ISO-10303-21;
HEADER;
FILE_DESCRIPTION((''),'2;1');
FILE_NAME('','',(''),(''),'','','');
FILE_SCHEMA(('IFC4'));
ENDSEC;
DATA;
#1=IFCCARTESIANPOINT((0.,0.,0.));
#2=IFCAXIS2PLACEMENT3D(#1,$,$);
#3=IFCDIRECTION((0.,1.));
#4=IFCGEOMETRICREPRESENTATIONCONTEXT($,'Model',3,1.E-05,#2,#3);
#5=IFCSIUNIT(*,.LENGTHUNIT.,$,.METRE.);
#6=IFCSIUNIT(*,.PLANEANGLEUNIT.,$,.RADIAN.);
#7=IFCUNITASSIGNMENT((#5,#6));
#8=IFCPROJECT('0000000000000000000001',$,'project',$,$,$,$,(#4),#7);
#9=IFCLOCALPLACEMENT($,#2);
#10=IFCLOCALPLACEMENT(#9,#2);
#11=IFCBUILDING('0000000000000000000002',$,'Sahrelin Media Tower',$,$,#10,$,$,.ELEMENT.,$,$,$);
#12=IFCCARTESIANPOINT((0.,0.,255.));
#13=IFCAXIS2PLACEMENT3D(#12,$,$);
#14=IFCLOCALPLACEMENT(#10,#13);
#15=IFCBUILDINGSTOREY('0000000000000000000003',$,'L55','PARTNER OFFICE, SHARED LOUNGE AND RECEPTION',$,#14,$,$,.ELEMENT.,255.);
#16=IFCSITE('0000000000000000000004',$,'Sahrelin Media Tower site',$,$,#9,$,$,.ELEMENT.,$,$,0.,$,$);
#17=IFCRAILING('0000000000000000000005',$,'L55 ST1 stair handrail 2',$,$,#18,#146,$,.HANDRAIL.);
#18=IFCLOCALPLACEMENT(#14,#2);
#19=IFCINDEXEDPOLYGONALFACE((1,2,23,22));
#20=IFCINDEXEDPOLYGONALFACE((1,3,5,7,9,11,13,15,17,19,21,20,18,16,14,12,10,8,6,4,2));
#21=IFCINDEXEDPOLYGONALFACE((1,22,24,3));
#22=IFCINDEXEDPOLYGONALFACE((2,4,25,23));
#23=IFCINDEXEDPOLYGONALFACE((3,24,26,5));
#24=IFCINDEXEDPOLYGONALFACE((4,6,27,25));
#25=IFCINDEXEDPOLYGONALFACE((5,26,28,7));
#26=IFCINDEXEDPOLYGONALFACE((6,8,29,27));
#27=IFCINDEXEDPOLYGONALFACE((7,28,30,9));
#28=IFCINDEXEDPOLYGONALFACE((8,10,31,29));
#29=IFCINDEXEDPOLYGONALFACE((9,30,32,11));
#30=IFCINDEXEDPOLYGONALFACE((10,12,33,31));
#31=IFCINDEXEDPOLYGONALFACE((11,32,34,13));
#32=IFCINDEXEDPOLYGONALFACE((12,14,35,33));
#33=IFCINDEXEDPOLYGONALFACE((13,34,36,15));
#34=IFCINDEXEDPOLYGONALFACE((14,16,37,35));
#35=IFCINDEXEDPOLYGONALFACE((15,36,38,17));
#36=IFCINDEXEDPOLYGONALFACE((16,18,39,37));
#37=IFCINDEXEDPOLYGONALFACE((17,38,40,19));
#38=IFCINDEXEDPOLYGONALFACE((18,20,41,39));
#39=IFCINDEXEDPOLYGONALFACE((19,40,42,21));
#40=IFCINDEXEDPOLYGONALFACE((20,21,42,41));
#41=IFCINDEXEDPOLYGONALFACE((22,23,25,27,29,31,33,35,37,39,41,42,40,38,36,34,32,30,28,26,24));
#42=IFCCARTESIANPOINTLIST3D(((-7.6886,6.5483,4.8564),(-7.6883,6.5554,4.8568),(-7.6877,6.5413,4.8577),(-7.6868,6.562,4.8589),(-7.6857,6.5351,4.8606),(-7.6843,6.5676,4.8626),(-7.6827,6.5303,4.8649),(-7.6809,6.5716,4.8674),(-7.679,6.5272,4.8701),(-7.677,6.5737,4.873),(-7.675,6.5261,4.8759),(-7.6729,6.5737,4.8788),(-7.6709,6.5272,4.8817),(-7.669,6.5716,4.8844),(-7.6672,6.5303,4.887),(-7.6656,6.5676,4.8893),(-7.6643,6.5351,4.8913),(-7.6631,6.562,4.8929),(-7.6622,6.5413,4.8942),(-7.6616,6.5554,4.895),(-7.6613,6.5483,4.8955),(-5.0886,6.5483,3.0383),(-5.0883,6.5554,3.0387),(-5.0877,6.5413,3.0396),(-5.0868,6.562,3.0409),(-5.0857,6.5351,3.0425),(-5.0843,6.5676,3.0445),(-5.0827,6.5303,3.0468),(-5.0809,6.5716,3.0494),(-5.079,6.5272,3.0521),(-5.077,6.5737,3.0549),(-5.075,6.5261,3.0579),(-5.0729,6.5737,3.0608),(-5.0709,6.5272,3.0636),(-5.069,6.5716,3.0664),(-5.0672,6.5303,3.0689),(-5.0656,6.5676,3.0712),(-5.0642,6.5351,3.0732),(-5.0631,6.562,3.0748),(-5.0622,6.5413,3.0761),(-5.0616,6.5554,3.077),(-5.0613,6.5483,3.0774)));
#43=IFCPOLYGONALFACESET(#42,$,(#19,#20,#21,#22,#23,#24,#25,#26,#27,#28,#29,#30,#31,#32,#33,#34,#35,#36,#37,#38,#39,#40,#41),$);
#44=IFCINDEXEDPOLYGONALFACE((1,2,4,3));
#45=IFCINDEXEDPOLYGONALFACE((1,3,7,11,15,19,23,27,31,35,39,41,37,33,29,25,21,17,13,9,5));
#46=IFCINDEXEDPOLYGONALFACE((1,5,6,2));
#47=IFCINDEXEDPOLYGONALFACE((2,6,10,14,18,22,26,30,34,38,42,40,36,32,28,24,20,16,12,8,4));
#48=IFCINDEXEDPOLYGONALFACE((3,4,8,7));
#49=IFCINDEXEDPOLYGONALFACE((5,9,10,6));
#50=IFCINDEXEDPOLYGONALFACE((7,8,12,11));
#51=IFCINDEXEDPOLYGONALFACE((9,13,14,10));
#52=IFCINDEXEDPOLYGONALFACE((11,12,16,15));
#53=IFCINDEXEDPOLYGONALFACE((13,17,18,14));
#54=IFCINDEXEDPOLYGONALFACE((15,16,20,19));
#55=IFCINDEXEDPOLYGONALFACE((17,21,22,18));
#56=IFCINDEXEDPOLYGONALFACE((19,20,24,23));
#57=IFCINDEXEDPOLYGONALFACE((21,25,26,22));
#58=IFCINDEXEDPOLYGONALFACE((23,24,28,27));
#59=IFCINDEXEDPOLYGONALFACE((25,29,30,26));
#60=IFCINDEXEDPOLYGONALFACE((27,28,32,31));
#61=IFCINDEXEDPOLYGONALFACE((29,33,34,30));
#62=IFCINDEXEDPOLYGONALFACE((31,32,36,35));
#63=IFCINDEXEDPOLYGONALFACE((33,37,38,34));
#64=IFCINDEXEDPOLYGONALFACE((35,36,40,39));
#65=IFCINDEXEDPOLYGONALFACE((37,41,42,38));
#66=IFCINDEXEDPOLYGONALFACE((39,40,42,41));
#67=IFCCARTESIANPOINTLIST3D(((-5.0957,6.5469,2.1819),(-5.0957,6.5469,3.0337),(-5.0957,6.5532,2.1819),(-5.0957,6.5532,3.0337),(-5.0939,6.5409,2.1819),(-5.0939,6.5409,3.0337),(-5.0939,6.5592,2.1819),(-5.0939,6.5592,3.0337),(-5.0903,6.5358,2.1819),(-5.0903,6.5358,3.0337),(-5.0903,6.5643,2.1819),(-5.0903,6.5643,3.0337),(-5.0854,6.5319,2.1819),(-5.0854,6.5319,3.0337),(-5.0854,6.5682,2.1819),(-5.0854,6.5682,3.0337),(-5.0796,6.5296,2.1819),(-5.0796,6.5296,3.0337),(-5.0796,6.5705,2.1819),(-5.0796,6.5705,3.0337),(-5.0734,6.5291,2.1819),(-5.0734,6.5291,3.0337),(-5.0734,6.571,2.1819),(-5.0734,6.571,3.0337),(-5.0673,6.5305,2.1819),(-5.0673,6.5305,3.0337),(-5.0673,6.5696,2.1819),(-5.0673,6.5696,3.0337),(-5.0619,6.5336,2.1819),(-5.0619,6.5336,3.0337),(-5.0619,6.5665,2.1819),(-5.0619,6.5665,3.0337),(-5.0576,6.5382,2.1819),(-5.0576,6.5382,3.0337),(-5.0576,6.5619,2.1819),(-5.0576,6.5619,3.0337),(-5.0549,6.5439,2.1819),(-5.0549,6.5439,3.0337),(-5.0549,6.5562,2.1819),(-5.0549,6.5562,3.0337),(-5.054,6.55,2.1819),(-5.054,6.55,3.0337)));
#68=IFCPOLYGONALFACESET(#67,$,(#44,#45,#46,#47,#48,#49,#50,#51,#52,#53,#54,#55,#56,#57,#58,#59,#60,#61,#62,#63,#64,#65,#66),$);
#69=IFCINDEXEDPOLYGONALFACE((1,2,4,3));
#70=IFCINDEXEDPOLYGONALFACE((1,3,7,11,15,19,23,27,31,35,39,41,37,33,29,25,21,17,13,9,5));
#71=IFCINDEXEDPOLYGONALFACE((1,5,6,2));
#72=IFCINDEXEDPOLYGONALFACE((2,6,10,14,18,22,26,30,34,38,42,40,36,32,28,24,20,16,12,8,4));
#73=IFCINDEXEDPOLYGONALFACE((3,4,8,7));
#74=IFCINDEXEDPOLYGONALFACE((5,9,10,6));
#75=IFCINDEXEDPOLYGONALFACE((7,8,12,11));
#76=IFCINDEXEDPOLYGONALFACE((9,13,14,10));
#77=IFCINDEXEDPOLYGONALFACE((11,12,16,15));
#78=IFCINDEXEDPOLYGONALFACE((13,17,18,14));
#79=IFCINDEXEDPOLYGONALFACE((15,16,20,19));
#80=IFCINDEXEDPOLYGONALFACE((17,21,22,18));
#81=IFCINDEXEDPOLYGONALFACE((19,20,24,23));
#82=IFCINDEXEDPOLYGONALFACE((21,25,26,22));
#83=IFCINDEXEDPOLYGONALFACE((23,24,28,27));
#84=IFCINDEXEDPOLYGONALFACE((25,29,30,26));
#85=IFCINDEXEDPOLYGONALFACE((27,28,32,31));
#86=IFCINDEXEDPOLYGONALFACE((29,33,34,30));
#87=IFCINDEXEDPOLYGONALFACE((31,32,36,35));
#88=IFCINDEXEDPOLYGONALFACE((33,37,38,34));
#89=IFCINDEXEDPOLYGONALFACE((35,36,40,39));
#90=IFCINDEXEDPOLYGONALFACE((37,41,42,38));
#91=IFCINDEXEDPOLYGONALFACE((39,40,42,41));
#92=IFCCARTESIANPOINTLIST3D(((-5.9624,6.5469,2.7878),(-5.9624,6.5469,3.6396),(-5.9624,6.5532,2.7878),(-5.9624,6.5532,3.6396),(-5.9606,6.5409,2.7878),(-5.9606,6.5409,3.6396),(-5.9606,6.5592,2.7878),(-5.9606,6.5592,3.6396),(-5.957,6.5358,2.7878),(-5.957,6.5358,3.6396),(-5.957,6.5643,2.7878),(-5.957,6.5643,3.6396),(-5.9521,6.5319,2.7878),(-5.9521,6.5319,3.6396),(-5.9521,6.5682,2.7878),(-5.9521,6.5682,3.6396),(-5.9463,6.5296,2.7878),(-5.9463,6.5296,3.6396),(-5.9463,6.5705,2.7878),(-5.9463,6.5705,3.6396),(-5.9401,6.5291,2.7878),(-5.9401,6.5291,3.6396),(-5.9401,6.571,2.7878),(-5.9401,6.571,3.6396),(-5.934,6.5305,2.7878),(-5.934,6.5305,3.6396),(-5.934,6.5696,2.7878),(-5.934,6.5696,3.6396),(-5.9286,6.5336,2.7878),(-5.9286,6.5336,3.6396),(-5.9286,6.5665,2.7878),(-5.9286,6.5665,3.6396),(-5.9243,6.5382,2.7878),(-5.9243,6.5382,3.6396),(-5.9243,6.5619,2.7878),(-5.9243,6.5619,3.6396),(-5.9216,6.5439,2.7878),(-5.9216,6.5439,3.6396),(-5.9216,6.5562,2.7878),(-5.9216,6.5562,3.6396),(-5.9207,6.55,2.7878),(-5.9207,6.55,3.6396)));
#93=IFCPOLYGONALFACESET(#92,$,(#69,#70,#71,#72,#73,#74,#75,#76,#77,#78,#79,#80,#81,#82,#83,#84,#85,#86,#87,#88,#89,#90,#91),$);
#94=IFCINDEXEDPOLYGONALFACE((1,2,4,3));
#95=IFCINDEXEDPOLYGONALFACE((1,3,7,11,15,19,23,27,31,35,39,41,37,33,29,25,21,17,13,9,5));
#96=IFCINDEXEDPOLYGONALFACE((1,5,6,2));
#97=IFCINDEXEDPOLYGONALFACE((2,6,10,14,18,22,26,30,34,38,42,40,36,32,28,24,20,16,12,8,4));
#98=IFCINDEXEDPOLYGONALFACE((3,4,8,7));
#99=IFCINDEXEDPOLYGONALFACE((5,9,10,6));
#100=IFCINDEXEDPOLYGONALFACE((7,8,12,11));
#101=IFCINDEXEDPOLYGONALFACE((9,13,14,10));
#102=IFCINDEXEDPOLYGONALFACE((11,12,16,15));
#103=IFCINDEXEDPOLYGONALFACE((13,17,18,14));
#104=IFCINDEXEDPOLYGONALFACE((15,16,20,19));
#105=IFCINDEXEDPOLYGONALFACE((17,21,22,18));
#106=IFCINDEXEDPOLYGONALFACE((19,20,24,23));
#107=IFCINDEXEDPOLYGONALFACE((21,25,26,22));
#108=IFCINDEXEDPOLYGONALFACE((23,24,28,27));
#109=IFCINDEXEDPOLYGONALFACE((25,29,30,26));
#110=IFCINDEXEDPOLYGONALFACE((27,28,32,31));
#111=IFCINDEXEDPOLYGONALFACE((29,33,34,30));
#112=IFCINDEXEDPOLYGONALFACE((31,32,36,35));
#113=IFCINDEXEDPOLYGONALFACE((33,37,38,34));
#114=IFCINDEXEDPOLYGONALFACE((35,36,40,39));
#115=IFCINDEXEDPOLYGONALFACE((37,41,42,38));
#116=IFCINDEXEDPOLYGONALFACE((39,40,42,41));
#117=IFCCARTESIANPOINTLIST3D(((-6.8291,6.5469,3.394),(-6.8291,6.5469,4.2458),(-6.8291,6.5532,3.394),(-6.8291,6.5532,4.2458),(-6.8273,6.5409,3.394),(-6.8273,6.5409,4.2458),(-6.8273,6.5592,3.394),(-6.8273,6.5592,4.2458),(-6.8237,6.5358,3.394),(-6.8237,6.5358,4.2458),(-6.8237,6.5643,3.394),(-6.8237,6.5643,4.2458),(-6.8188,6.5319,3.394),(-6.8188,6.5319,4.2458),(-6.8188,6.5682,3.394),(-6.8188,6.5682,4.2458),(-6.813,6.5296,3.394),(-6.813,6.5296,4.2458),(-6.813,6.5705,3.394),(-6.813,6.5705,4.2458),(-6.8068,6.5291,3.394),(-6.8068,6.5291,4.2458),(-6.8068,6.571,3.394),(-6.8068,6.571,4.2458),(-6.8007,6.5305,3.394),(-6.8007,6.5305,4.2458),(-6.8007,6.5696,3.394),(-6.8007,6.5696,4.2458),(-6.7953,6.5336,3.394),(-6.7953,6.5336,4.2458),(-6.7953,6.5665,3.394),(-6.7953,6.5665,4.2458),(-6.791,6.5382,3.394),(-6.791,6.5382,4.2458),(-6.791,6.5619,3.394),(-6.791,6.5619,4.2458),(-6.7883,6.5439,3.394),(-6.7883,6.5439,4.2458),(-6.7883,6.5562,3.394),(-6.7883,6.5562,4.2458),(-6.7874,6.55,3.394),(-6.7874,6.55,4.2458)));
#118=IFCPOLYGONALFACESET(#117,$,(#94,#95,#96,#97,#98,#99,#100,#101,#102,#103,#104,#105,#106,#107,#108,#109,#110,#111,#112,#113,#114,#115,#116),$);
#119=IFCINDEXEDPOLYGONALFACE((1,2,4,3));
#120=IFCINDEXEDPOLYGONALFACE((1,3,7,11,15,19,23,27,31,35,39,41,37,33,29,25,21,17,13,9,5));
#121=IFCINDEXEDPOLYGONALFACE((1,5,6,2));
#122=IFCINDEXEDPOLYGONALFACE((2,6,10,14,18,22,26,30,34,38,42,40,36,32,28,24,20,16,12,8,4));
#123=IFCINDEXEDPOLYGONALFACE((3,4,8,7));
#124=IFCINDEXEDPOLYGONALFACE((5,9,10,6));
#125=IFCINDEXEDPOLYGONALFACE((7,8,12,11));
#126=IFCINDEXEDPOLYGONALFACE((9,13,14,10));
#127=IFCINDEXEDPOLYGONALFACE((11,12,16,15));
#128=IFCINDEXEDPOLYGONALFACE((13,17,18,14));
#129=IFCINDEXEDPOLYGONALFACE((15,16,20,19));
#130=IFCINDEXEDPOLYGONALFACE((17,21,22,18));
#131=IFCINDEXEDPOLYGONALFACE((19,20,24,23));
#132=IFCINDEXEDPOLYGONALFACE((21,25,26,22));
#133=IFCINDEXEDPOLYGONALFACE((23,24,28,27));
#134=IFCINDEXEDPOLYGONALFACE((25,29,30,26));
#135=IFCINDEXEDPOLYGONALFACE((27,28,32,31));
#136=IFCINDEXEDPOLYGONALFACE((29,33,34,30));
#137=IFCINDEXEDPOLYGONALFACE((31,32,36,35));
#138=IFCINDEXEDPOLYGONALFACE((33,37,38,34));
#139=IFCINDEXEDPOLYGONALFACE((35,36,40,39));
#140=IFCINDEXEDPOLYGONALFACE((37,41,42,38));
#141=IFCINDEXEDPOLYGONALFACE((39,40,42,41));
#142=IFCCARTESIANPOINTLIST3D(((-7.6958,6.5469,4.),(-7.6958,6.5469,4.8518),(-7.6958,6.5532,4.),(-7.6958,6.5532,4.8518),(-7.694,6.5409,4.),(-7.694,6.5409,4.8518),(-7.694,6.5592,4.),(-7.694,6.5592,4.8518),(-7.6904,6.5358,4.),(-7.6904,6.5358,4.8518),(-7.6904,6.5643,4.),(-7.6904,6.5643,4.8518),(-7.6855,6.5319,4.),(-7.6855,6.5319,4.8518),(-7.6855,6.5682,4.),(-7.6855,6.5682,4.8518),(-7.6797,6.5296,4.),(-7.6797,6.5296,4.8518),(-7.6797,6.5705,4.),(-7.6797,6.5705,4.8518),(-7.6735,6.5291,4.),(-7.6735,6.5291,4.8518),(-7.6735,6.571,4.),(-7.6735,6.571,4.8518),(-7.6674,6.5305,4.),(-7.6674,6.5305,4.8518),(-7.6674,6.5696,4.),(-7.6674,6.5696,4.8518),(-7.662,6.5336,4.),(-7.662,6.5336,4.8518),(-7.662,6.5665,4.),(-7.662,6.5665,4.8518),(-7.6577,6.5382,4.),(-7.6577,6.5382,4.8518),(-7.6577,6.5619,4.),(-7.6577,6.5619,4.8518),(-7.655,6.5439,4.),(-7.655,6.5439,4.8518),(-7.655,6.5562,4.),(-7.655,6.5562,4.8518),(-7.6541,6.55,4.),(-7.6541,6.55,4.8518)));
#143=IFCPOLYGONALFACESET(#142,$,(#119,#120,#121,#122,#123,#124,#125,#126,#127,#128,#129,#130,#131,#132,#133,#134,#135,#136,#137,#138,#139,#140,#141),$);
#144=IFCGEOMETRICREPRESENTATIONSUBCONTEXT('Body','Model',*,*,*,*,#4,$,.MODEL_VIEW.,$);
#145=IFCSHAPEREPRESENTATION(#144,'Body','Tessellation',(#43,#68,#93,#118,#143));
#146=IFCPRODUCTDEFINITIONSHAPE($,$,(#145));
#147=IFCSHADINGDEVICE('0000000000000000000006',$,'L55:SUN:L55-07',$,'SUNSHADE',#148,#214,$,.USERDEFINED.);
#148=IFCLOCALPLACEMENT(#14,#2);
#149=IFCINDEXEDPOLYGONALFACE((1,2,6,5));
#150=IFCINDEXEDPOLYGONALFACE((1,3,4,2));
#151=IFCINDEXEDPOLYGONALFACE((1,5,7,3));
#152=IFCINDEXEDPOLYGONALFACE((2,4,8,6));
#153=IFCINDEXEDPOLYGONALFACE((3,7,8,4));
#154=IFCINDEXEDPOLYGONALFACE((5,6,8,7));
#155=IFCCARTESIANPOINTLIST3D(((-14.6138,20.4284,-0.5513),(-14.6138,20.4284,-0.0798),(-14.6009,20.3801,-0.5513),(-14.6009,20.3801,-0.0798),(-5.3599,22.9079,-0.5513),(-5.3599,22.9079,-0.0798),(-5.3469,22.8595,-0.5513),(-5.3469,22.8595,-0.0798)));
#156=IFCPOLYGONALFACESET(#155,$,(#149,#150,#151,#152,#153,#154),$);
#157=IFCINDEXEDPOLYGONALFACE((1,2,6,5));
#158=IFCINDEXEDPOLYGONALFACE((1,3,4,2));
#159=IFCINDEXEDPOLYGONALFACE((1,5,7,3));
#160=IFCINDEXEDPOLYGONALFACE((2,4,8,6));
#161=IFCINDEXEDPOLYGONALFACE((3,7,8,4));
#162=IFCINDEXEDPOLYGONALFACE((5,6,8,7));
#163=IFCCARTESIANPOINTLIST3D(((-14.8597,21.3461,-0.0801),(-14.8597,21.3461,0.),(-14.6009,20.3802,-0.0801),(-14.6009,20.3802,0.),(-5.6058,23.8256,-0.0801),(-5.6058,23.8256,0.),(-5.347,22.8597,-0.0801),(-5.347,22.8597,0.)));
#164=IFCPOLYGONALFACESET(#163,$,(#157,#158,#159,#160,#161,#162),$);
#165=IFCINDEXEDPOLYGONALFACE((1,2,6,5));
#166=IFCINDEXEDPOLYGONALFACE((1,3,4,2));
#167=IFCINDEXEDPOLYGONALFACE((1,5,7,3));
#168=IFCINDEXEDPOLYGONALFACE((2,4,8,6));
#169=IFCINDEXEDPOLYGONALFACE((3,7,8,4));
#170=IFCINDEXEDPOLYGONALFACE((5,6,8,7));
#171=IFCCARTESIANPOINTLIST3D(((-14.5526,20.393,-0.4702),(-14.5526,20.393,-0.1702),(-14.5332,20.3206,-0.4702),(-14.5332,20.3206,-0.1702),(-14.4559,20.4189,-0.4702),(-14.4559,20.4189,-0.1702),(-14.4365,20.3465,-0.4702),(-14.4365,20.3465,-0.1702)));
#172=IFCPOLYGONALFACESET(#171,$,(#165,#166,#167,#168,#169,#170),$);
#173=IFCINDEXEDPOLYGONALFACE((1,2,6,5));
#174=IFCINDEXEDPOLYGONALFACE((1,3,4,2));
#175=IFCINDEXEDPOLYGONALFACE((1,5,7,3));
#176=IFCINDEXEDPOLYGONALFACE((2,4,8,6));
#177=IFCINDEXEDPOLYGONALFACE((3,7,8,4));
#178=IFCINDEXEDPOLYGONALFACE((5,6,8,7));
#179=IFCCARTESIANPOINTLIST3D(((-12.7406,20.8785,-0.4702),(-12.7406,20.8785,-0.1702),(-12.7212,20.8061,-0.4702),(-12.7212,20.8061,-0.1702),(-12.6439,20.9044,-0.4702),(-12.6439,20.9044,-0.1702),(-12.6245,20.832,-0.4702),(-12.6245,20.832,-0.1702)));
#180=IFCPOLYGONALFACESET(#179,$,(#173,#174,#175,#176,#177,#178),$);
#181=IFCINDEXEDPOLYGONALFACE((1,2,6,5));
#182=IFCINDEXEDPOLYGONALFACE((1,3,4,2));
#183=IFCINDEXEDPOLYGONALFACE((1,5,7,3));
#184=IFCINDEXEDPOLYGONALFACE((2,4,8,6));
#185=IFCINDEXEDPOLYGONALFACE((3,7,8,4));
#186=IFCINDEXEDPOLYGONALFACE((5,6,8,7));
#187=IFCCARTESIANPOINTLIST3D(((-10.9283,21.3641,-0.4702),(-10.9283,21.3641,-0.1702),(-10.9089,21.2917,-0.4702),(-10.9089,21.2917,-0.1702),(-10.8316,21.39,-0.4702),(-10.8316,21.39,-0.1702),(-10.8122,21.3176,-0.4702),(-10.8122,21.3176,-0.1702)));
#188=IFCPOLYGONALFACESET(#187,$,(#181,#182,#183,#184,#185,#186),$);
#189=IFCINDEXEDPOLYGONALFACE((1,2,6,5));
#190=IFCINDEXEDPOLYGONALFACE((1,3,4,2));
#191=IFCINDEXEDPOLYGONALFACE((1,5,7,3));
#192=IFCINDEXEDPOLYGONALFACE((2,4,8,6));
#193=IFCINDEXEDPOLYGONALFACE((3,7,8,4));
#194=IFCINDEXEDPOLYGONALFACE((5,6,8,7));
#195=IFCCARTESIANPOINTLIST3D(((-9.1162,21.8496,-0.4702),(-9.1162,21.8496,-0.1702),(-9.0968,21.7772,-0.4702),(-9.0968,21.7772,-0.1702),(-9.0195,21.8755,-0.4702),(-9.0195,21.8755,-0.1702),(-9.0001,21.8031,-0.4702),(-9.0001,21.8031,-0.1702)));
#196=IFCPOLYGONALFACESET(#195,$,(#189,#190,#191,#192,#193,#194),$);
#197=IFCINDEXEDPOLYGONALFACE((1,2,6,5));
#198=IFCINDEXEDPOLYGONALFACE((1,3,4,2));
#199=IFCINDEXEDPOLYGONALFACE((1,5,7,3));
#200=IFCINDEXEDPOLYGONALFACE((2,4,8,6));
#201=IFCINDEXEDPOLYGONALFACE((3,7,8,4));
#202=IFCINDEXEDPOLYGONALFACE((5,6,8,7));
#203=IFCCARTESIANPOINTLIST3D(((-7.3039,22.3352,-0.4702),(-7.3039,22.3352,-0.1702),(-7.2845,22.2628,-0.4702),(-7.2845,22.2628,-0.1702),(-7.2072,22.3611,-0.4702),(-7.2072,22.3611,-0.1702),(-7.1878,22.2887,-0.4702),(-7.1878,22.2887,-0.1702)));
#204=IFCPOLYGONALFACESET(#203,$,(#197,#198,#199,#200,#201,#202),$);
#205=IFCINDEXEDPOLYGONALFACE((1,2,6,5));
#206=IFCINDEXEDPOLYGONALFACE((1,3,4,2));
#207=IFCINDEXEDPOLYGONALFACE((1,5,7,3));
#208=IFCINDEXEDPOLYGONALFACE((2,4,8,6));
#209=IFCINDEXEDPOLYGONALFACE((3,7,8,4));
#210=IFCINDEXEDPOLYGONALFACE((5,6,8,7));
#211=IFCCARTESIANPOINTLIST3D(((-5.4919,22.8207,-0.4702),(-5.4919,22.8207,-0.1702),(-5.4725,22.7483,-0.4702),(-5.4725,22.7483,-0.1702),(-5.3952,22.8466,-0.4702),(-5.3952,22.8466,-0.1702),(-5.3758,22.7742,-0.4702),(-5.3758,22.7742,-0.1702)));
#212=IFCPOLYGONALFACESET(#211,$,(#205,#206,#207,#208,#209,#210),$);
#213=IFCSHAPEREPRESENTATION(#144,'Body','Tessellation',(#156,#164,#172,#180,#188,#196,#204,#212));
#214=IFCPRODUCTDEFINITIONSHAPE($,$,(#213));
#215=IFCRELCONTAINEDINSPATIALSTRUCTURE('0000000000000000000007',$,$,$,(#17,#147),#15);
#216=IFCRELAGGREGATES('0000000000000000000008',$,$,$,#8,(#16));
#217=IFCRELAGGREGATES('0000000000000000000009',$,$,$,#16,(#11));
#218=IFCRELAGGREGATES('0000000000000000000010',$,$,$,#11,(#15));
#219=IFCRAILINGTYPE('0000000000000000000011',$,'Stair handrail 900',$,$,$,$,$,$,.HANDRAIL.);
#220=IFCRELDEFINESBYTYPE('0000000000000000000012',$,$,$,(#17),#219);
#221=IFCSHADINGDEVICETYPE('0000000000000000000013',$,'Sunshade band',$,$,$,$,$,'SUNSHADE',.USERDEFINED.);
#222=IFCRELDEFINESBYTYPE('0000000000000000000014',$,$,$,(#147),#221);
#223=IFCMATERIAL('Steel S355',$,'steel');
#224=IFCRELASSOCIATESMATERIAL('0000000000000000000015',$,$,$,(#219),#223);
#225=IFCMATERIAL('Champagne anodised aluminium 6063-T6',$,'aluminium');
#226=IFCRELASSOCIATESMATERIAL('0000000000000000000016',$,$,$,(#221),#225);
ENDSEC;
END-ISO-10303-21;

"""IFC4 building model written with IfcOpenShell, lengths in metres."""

from ifc_helpers import new_model, si_unit, direction, frame, origin, origin_2d, place, context, subcontext, project, spatial, rectangle, circle, extrude, material, type_object, element, save


model = new_model("IFC4")

# Units and contexts
model_context = context("Model", 3, precision=1e-05, world=origin(), true_north=direction((0.0, 1.0)))
body_context = subcontext(model_context, "Body", "Model", "MODEL_VIEW")
ifc_project = project(units=[si_unit("LENGTHUNIT", "METRE"), si_unit("PLANEANGLEUNIT", "RADIAN")], contexts=[model_context])

# Site, building, storey
site_placement = place(None, origin())
site = spatial("IfcSite", under=ifc_project, at=site_placement, Name="Sahrelin Media Tower site", CompositionType="ELEMENT", RefElevation=0.0)
building_placement = place(site_placement, origin())
building = spatial("IfcBuilding", under=site, at=building_placement, Name="Sahrelin Media Tower", CompositionType="ELEMENT")
storey_placement = place(building_placement, frame((0.0, 0.0, 255.0)))
storey = spatial("IfcBuildingStorey", under=building, at=storey_placement, Name="L55", Description="PARTNER OFFICE, SHARED LOUNGE AND RECEPTION", CompositionType="ELEMENT", Elevation=255.0)

# Shared definitions
ifc_material_1 = material(Name="Steel S355", Category="steel")

# Shared definitions
ifc_material_2 = material(Name="Champagne anodised aluminium 6063-T6", Category="aluminium")

# Shared definitions
placement = place(storey_placement, frame((-9.9688, 21.6006, 0.0), z_axis=(0.0, 0.0, 1.0), x_axis=(0.965929, 0.258808, 0.0)))

# Railing
railing_type_1 = type_object("IfcRailingType", Name="Stair handrail 900", PredefinedType="HANDRAIL", material=ifc_material_1)
railing_1_placement = place(storey_placement, frame((-5.075, 6.55, 2.1819)))
element("IfcRailing", 1, at=railing_1_placement, inside=storey, type_object=railing_type_1, Name="L55 ST1 stair handrail 2", PredefinedType="HANDRAIL", context=body_context, shape_type="SweptSolid", body=[
    extrude(circle(Radius=0.0239, at=origin_2d()), frame((0.0, 0.0, 0.876), z_axis=(-0.819521, 0.0, 0.573049), x_axis=(0.0, -1.0, 0.0)), (0.0, 0.0, 1.0), 3.1726),
    extrude(circle(Radius=0.021, at=origin_2d()), origin(), (0.0, 0.0, 1.0), 0.8518),
    extrude(circle(Radius=0.021, at=origin_2d()), frame((-0.8667, 0.0, 0.606)), (0.0, 0.0, 1.0), 0.8518),
    extrude(circle(Radius=0.021, at=origin_2d()), frame((-1.7334, 0.0, 1.2122)), (0.0, 0.0, 1.0), 0.8518),
    extrude(circle(Radius=0.021, at=origin_2d()), frame((-2.6001, 0.0, 1.8181)), (0.0, 0.0, 1.0), 0.8518),
])

# Shading device
shading_device_type_1 = type_object("IfcShadingDeviceType", Name="Sunshade band", ElementType="SUNSHADE", PredefinedType="USERDEFINED", material=ifc_material_2)
element("IfcShadingDevice", 2, at=placement, inside=storey, type_object=shading_device_type_1, Name="L55:SUN:L55-07", ObjectType="SUNSHADE", PredefinedType="USERDEFINED", context=body_context, shape_type="SweptSolid", body=[
    extrude(rectangle(XDim=9.5803, YDim=0.05, at=origin_2d()), frame((0.0, 0.0449, -0.5513)), (0.0, 0.0, 1.0), 0.4714),
    extrude(rectangle(XDim=9.5803, YDim=1.0, at=origin_2d()), frame((0.0, 0.52, -0.0801)), (0.0, 0.0, 1.0), 0.0801),
    extrude(rectangle(XDim=0.1001, YDim=0.075, at=origin_2d()), frame((-4.6902, -0.0176, -0.4702)), (0.0, 0.0, 1.0), 0.3),
    extrude(rectangle(XDim=0.1001, YDim=0.075, at=origin_2d()), frame((-2.8142, -0.0176, -0.4702)), (0.0, 0.0, 1.0), 0.3),
    extrude(rectangle(XDim=0.1001, YDim=0.075, at=origin_2d()), frame((-0.938, -0.0176, -0.4702)), (0.0, 0.0, 1.0), 0.3),
    extrude(rectangle(XDim=0.1001, YDim=0.075, at=origin_2d()), frame((0.938, -0.0176, -0.4702)), (0.0, 0.0, 1.0), 0.3),
    extrude(rectangle(XDim=0.1001, YDim=0.075, at=origin_2d()), frame((2.8142, -0.0176, -0.4702)), (0.0, 0.0, 1.0), 0.3),
    extrude(rectangle(XDim=0.1001, YDim=0.075, at=origin_2d()), frame((4.6902, -0.0176, -0.4702)), (0.0, 0.0, 1.0), 0.3),
])

save(model, "model.ifc")
